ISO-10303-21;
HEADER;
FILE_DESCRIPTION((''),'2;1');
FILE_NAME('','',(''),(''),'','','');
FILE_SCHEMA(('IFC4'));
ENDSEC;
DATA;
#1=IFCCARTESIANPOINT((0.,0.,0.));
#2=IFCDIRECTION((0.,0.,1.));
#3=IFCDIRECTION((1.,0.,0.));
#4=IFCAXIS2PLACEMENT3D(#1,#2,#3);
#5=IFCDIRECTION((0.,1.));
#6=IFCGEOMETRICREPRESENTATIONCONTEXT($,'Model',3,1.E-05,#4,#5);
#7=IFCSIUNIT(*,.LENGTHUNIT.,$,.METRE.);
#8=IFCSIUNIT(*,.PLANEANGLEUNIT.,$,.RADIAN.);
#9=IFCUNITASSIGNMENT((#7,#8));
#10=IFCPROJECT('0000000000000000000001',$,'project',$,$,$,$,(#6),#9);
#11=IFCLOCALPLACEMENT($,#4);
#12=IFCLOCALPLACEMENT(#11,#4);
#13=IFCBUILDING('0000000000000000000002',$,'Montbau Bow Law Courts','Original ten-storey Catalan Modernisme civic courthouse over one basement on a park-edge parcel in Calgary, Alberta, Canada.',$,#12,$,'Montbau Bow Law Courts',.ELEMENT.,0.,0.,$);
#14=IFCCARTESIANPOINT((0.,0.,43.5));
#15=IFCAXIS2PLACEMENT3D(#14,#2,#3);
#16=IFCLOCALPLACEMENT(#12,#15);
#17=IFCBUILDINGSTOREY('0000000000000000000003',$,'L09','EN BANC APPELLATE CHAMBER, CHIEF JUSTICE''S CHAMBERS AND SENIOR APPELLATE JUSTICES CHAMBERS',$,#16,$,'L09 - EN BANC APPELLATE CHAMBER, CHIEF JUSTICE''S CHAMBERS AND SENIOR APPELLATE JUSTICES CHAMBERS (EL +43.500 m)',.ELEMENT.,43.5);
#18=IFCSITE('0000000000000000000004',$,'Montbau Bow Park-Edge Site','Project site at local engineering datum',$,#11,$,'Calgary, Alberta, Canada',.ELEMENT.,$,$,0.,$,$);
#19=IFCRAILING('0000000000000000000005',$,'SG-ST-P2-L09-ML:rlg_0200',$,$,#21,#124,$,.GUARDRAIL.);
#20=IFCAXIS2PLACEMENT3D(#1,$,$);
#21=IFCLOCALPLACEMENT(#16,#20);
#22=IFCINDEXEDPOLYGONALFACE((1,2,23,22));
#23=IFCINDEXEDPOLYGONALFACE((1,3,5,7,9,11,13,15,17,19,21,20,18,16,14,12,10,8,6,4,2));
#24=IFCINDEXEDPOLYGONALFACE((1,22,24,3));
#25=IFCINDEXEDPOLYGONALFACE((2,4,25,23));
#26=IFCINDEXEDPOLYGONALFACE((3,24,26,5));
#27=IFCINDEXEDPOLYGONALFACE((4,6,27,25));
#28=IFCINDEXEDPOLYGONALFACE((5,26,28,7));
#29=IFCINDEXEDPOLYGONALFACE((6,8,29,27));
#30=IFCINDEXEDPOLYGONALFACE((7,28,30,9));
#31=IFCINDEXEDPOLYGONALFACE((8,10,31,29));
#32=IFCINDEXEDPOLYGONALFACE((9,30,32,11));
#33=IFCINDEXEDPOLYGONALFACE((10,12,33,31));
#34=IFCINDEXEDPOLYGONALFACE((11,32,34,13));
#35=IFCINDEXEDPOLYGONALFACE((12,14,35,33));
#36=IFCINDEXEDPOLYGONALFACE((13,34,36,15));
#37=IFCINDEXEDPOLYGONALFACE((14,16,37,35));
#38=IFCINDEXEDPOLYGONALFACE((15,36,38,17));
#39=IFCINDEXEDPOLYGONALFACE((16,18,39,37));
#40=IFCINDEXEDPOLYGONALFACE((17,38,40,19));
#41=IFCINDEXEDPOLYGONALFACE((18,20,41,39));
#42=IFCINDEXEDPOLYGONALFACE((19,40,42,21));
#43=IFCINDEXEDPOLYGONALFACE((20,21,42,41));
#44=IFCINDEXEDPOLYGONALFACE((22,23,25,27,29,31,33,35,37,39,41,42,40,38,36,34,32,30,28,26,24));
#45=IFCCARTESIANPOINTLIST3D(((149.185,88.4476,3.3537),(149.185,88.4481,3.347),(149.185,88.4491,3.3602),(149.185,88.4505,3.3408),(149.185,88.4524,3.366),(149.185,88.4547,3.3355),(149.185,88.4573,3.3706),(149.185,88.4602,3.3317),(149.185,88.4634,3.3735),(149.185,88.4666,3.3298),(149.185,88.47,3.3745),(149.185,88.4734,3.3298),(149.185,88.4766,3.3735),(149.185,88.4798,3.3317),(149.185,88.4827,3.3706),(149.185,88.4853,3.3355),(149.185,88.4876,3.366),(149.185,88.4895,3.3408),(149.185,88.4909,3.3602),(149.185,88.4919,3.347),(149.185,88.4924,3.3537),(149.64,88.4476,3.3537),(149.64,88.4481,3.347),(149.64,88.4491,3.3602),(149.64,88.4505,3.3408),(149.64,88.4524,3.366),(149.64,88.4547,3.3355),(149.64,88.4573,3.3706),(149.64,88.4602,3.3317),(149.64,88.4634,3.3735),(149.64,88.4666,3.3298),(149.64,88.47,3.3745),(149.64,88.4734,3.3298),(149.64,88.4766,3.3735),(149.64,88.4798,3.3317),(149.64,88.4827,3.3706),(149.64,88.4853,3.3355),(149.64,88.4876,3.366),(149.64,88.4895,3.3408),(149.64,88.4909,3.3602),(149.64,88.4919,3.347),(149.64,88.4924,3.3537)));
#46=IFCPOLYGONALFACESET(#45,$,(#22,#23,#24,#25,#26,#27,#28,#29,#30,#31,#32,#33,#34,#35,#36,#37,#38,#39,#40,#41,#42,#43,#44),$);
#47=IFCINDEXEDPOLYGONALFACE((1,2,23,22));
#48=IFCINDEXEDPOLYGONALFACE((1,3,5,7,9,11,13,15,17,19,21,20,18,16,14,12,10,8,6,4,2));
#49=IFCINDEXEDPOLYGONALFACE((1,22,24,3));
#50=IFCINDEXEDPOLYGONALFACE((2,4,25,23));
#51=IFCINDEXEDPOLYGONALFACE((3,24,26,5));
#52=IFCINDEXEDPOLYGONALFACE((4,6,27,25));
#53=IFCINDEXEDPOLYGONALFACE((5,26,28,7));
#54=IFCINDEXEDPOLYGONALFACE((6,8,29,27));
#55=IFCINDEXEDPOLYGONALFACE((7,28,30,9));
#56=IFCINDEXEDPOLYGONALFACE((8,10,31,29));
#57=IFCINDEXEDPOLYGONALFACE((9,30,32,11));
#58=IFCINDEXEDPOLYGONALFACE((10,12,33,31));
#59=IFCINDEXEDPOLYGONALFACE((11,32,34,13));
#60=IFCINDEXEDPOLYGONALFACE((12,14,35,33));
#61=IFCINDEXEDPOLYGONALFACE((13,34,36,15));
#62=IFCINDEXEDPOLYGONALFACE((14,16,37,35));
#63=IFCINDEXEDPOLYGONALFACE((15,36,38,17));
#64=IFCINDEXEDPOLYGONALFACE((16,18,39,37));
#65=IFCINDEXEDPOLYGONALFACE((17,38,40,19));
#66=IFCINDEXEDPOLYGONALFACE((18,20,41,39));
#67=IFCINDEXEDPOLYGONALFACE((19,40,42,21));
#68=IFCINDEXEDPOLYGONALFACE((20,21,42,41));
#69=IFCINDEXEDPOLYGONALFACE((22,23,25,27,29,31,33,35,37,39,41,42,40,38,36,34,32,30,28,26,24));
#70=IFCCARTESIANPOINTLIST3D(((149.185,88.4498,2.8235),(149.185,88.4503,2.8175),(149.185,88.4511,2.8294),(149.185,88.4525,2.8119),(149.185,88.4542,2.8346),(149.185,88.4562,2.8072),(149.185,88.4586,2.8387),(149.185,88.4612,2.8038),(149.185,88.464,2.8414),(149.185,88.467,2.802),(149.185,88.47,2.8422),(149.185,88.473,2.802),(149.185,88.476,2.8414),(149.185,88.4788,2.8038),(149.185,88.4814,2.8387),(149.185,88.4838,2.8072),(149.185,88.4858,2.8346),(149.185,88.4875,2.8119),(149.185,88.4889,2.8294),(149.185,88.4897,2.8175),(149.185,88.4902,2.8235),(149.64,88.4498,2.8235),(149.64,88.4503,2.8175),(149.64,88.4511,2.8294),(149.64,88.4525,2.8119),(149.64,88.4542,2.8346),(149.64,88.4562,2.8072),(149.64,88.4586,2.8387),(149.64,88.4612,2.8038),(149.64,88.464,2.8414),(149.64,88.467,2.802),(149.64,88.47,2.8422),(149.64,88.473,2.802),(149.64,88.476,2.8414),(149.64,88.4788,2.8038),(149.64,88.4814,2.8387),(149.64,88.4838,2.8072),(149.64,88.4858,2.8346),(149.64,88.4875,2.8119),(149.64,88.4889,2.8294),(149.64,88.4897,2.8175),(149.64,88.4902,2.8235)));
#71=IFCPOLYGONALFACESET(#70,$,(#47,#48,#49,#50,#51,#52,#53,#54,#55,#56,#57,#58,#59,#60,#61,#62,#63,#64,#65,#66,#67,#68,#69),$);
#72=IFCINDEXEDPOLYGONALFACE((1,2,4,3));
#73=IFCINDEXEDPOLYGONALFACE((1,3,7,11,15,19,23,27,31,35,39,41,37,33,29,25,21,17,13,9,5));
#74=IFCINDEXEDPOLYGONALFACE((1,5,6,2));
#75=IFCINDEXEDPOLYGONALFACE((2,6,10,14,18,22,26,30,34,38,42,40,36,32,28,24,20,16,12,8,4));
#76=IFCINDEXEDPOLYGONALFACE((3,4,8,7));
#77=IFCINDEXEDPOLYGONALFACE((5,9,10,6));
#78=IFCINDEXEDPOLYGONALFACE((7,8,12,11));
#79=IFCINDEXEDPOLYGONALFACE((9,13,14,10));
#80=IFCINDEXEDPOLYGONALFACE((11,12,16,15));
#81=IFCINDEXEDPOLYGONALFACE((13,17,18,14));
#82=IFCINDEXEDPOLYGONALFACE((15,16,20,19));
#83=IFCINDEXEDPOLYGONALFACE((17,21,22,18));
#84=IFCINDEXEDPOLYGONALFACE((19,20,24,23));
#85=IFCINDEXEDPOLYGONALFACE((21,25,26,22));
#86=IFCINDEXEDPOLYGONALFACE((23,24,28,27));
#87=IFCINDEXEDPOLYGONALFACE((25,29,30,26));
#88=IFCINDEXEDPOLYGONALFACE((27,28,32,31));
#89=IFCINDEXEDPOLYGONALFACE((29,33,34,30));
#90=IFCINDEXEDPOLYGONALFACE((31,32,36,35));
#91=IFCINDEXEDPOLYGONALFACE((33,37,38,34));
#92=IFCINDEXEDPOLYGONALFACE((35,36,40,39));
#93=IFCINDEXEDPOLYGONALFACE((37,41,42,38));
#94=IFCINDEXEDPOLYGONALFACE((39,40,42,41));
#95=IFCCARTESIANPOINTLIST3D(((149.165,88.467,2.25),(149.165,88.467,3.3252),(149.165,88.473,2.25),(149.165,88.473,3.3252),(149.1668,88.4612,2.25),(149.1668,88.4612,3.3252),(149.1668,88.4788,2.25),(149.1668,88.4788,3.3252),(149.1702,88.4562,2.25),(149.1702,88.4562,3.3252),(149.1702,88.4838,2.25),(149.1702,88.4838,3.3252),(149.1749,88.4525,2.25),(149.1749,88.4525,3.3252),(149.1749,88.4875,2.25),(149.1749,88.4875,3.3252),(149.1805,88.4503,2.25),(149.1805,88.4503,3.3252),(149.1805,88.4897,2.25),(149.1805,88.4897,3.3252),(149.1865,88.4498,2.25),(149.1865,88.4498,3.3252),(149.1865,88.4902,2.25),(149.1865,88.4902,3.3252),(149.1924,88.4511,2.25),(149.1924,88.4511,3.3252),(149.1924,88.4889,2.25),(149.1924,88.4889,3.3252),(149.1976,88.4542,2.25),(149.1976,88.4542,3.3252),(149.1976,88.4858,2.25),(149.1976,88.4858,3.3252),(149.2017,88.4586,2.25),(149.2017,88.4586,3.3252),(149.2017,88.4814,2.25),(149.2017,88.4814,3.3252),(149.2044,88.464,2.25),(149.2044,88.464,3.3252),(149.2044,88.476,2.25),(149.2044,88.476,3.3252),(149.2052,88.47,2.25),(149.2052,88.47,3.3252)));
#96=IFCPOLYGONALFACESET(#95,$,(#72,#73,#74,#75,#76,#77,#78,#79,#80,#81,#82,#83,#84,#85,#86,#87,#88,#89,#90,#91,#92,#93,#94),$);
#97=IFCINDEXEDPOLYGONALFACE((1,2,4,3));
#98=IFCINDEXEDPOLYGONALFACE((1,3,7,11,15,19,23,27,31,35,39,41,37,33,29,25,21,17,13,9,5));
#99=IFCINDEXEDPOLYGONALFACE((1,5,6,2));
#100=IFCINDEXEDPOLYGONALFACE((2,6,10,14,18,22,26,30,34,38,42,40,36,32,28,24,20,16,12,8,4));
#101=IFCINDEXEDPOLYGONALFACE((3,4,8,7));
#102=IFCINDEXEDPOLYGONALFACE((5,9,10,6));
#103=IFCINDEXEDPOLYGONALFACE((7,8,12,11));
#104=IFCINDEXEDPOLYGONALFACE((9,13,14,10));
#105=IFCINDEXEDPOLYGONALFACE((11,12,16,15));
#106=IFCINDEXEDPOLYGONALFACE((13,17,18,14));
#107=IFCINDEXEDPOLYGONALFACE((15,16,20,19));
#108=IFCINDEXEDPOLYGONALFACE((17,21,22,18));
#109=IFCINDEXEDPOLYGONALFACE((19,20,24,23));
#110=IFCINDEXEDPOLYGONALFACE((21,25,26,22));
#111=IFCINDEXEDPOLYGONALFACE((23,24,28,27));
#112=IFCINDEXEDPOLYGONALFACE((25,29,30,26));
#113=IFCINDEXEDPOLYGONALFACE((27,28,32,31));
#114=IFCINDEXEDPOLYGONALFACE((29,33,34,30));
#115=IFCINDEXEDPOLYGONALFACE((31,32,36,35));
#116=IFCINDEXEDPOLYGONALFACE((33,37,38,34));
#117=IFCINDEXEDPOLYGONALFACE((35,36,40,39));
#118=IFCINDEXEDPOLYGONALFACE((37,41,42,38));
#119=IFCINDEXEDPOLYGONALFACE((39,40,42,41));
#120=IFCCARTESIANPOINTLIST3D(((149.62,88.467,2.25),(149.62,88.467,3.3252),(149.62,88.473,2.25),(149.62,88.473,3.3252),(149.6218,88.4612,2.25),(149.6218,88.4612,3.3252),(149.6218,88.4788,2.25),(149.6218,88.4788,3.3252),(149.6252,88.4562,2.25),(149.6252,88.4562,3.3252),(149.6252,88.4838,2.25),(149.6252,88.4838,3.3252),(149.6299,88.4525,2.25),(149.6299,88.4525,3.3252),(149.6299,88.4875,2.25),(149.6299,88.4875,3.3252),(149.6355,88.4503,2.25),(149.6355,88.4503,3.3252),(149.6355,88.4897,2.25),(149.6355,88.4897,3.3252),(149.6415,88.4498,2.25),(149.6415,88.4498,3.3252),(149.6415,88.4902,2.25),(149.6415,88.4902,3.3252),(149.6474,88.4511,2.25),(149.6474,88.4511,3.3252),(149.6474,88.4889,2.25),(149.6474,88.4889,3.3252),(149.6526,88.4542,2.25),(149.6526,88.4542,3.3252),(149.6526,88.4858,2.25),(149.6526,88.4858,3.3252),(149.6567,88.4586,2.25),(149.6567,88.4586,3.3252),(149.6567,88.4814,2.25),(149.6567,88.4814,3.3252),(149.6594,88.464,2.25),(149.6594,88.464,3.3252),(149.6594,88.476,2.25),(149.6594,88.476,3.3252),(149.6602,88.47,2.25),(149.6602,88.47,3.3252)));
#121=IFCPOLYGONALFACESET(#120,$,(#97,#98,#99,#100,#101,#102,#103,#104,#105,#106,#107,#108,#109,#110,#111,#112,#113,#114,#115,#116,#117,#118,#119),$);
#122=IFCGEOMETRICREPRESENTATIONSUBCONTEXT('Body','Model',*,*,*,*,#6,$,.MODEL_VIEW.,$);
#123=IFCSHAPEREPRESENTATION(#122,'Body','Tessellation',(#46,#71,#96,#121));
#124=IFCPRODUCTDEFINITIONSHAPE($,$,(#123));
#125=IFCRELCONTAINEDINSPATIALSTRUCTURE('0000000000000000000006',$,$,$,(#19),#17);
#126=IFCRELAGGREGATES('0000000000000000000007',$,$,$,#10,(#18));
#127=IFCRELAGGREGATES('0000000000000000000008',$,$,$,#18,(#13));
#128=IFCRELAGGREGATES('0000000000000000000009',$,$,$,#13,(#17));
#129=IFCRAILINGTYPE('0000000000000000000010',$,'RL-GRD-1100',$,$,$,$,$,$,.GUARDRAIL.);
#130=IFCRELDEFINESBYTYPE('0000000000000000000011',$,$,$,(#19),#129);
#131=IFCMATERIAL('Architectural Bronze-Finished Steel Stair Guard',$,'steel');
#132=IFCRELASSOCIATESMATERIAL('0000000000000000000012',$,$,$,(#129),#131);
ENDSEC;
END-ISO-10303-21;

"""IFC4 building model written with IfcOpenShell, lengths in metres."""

from ifc_helpers import new_model, si_unit, direction, frame, origin_with_axes, origin_2d_with_axis, place, context, subcontext, project, spatial, circle, extrude, material, type_object, element, save


model = new_model("IFC4")

# Units and contexts
model_context = context("Model", 3, precision=1e-05, world=origin_with_axes(), true_north=direction((0.0, 1.0)))
body_context = subcontext(model_context, "Body", "Model", "MODEL_VIEW")
ifc_project = project(units=[si_unit("LENGTHUNIT", "METRE"), si_unit("PLANEANGLEUNIT", "RADIAN")], contexts=[model_context])

# Site, building, storey
site_placement = place(None, origin_with_axes())
site = spatial("IfcSite", under=ifc_project, at=site_placement, Name="Montbau Bow Park-Edge Site", Description="Project site at local engineering datum", LongName="Calgary, Alberta, Canada", CompositionType="ELEMENT", RefElevation=0.0)
building_placement = place(site_placement, origin_with_axes())
building = spatial("IfcBuilding", under=site, at=building_placement, Name="Montbau Bow Law Courts", Description="Original ten-storey Catalan Modernisme civic courthouse over one basement on a park-edge parcel in Calgary, Alberta, Canada.", LongName="Montbau Bow Law Courts", CompositionType="ELEMENT", ElevationOfRefHeight=0.0, ElevationOfTerrain=0.0)
storey_placement = place(building_placement, frame((0.0, 0.0, 43.5), z_axis=(0.0, 0.0, 1.0), x_axis=(1.0, 0.0, 0.0)))
storey = spatial("IfcBuildingStorey", under=building, at=storey_placement, Name="L09", Description="EN BANC APPELLATE CHAMBER, CHIEF JUSTICE'S CHAMBERS AND SENIOR APPELLATE JUSTICES CHAMBERS", LongName="L09 - EN BANC APPELLATE CHAMBER, CHIEF JUSTICE'S CHAMBERS AND SENIOR APPELLATE JUSTICES CHAMBERS (EL +43.500 m)", CompositionType="ELEMENT", Elevation=43.5)

# Railing
ifc_material_1 = material(Name="Architectural Bronze-Finished Steel Stair Guard", Category="steel")
railing_type_1 = type_object("IfcRailingType", Name="RL-GRD-1100", PredefinedType="GUARDRAIL", material=ifc_material_1)
railing_1_placement = place(None, origin_with_axes())
element("IfcRailing", 1, at=railing_1_placement, inside=storey, type_object=railing_type_1, Name="SG-ST-P2-L09-ML:rlg_0200", PredefinedType="GUARDRAIL", context=body_context, shape_type="SweptSolid", body=[
    extrude(circle(Radius=0.0225, at=origin_2d_with_axis()), frame((149.185, 88.47, 46.852), z_axis=(1.0, 0.0, 0.0), x_axis=(0.0, 0.0, 1.0)), (0.0, 0.0, 1.0), 0.455),
    extrude(circle(Radius=0.0203, at=origin_2d_with_axis()), frame((149.185, 88.47, 46.322), z_axis=(1.0, 0.0, 0.0), x_axis=(0.0, 0.0, 1.0)), (0.0, 0.0, 1.0), 0.455),
    extrude(circle(Radius=0.0203, at=origin_2d_with_axis()), frame((149.185, 88.47, 45.75), z_axis=(0.0, 0.0, 1.0), x_axis=(1.0, 0.0, 0.0)), (0.0, 0.0, 1.0), 1.0753),
    extrude(circle(Radius=0.0203, at=origin_2d_with_axis()), frame((149.64, 88.47, 45.75), z_axis=(0.0, 0.0, 1.0), x_axis=(1.0, 0.0, 0.0)), (0.0, 0.0, 1.0), 1.0753),
])

save(model, "model.ifc")
